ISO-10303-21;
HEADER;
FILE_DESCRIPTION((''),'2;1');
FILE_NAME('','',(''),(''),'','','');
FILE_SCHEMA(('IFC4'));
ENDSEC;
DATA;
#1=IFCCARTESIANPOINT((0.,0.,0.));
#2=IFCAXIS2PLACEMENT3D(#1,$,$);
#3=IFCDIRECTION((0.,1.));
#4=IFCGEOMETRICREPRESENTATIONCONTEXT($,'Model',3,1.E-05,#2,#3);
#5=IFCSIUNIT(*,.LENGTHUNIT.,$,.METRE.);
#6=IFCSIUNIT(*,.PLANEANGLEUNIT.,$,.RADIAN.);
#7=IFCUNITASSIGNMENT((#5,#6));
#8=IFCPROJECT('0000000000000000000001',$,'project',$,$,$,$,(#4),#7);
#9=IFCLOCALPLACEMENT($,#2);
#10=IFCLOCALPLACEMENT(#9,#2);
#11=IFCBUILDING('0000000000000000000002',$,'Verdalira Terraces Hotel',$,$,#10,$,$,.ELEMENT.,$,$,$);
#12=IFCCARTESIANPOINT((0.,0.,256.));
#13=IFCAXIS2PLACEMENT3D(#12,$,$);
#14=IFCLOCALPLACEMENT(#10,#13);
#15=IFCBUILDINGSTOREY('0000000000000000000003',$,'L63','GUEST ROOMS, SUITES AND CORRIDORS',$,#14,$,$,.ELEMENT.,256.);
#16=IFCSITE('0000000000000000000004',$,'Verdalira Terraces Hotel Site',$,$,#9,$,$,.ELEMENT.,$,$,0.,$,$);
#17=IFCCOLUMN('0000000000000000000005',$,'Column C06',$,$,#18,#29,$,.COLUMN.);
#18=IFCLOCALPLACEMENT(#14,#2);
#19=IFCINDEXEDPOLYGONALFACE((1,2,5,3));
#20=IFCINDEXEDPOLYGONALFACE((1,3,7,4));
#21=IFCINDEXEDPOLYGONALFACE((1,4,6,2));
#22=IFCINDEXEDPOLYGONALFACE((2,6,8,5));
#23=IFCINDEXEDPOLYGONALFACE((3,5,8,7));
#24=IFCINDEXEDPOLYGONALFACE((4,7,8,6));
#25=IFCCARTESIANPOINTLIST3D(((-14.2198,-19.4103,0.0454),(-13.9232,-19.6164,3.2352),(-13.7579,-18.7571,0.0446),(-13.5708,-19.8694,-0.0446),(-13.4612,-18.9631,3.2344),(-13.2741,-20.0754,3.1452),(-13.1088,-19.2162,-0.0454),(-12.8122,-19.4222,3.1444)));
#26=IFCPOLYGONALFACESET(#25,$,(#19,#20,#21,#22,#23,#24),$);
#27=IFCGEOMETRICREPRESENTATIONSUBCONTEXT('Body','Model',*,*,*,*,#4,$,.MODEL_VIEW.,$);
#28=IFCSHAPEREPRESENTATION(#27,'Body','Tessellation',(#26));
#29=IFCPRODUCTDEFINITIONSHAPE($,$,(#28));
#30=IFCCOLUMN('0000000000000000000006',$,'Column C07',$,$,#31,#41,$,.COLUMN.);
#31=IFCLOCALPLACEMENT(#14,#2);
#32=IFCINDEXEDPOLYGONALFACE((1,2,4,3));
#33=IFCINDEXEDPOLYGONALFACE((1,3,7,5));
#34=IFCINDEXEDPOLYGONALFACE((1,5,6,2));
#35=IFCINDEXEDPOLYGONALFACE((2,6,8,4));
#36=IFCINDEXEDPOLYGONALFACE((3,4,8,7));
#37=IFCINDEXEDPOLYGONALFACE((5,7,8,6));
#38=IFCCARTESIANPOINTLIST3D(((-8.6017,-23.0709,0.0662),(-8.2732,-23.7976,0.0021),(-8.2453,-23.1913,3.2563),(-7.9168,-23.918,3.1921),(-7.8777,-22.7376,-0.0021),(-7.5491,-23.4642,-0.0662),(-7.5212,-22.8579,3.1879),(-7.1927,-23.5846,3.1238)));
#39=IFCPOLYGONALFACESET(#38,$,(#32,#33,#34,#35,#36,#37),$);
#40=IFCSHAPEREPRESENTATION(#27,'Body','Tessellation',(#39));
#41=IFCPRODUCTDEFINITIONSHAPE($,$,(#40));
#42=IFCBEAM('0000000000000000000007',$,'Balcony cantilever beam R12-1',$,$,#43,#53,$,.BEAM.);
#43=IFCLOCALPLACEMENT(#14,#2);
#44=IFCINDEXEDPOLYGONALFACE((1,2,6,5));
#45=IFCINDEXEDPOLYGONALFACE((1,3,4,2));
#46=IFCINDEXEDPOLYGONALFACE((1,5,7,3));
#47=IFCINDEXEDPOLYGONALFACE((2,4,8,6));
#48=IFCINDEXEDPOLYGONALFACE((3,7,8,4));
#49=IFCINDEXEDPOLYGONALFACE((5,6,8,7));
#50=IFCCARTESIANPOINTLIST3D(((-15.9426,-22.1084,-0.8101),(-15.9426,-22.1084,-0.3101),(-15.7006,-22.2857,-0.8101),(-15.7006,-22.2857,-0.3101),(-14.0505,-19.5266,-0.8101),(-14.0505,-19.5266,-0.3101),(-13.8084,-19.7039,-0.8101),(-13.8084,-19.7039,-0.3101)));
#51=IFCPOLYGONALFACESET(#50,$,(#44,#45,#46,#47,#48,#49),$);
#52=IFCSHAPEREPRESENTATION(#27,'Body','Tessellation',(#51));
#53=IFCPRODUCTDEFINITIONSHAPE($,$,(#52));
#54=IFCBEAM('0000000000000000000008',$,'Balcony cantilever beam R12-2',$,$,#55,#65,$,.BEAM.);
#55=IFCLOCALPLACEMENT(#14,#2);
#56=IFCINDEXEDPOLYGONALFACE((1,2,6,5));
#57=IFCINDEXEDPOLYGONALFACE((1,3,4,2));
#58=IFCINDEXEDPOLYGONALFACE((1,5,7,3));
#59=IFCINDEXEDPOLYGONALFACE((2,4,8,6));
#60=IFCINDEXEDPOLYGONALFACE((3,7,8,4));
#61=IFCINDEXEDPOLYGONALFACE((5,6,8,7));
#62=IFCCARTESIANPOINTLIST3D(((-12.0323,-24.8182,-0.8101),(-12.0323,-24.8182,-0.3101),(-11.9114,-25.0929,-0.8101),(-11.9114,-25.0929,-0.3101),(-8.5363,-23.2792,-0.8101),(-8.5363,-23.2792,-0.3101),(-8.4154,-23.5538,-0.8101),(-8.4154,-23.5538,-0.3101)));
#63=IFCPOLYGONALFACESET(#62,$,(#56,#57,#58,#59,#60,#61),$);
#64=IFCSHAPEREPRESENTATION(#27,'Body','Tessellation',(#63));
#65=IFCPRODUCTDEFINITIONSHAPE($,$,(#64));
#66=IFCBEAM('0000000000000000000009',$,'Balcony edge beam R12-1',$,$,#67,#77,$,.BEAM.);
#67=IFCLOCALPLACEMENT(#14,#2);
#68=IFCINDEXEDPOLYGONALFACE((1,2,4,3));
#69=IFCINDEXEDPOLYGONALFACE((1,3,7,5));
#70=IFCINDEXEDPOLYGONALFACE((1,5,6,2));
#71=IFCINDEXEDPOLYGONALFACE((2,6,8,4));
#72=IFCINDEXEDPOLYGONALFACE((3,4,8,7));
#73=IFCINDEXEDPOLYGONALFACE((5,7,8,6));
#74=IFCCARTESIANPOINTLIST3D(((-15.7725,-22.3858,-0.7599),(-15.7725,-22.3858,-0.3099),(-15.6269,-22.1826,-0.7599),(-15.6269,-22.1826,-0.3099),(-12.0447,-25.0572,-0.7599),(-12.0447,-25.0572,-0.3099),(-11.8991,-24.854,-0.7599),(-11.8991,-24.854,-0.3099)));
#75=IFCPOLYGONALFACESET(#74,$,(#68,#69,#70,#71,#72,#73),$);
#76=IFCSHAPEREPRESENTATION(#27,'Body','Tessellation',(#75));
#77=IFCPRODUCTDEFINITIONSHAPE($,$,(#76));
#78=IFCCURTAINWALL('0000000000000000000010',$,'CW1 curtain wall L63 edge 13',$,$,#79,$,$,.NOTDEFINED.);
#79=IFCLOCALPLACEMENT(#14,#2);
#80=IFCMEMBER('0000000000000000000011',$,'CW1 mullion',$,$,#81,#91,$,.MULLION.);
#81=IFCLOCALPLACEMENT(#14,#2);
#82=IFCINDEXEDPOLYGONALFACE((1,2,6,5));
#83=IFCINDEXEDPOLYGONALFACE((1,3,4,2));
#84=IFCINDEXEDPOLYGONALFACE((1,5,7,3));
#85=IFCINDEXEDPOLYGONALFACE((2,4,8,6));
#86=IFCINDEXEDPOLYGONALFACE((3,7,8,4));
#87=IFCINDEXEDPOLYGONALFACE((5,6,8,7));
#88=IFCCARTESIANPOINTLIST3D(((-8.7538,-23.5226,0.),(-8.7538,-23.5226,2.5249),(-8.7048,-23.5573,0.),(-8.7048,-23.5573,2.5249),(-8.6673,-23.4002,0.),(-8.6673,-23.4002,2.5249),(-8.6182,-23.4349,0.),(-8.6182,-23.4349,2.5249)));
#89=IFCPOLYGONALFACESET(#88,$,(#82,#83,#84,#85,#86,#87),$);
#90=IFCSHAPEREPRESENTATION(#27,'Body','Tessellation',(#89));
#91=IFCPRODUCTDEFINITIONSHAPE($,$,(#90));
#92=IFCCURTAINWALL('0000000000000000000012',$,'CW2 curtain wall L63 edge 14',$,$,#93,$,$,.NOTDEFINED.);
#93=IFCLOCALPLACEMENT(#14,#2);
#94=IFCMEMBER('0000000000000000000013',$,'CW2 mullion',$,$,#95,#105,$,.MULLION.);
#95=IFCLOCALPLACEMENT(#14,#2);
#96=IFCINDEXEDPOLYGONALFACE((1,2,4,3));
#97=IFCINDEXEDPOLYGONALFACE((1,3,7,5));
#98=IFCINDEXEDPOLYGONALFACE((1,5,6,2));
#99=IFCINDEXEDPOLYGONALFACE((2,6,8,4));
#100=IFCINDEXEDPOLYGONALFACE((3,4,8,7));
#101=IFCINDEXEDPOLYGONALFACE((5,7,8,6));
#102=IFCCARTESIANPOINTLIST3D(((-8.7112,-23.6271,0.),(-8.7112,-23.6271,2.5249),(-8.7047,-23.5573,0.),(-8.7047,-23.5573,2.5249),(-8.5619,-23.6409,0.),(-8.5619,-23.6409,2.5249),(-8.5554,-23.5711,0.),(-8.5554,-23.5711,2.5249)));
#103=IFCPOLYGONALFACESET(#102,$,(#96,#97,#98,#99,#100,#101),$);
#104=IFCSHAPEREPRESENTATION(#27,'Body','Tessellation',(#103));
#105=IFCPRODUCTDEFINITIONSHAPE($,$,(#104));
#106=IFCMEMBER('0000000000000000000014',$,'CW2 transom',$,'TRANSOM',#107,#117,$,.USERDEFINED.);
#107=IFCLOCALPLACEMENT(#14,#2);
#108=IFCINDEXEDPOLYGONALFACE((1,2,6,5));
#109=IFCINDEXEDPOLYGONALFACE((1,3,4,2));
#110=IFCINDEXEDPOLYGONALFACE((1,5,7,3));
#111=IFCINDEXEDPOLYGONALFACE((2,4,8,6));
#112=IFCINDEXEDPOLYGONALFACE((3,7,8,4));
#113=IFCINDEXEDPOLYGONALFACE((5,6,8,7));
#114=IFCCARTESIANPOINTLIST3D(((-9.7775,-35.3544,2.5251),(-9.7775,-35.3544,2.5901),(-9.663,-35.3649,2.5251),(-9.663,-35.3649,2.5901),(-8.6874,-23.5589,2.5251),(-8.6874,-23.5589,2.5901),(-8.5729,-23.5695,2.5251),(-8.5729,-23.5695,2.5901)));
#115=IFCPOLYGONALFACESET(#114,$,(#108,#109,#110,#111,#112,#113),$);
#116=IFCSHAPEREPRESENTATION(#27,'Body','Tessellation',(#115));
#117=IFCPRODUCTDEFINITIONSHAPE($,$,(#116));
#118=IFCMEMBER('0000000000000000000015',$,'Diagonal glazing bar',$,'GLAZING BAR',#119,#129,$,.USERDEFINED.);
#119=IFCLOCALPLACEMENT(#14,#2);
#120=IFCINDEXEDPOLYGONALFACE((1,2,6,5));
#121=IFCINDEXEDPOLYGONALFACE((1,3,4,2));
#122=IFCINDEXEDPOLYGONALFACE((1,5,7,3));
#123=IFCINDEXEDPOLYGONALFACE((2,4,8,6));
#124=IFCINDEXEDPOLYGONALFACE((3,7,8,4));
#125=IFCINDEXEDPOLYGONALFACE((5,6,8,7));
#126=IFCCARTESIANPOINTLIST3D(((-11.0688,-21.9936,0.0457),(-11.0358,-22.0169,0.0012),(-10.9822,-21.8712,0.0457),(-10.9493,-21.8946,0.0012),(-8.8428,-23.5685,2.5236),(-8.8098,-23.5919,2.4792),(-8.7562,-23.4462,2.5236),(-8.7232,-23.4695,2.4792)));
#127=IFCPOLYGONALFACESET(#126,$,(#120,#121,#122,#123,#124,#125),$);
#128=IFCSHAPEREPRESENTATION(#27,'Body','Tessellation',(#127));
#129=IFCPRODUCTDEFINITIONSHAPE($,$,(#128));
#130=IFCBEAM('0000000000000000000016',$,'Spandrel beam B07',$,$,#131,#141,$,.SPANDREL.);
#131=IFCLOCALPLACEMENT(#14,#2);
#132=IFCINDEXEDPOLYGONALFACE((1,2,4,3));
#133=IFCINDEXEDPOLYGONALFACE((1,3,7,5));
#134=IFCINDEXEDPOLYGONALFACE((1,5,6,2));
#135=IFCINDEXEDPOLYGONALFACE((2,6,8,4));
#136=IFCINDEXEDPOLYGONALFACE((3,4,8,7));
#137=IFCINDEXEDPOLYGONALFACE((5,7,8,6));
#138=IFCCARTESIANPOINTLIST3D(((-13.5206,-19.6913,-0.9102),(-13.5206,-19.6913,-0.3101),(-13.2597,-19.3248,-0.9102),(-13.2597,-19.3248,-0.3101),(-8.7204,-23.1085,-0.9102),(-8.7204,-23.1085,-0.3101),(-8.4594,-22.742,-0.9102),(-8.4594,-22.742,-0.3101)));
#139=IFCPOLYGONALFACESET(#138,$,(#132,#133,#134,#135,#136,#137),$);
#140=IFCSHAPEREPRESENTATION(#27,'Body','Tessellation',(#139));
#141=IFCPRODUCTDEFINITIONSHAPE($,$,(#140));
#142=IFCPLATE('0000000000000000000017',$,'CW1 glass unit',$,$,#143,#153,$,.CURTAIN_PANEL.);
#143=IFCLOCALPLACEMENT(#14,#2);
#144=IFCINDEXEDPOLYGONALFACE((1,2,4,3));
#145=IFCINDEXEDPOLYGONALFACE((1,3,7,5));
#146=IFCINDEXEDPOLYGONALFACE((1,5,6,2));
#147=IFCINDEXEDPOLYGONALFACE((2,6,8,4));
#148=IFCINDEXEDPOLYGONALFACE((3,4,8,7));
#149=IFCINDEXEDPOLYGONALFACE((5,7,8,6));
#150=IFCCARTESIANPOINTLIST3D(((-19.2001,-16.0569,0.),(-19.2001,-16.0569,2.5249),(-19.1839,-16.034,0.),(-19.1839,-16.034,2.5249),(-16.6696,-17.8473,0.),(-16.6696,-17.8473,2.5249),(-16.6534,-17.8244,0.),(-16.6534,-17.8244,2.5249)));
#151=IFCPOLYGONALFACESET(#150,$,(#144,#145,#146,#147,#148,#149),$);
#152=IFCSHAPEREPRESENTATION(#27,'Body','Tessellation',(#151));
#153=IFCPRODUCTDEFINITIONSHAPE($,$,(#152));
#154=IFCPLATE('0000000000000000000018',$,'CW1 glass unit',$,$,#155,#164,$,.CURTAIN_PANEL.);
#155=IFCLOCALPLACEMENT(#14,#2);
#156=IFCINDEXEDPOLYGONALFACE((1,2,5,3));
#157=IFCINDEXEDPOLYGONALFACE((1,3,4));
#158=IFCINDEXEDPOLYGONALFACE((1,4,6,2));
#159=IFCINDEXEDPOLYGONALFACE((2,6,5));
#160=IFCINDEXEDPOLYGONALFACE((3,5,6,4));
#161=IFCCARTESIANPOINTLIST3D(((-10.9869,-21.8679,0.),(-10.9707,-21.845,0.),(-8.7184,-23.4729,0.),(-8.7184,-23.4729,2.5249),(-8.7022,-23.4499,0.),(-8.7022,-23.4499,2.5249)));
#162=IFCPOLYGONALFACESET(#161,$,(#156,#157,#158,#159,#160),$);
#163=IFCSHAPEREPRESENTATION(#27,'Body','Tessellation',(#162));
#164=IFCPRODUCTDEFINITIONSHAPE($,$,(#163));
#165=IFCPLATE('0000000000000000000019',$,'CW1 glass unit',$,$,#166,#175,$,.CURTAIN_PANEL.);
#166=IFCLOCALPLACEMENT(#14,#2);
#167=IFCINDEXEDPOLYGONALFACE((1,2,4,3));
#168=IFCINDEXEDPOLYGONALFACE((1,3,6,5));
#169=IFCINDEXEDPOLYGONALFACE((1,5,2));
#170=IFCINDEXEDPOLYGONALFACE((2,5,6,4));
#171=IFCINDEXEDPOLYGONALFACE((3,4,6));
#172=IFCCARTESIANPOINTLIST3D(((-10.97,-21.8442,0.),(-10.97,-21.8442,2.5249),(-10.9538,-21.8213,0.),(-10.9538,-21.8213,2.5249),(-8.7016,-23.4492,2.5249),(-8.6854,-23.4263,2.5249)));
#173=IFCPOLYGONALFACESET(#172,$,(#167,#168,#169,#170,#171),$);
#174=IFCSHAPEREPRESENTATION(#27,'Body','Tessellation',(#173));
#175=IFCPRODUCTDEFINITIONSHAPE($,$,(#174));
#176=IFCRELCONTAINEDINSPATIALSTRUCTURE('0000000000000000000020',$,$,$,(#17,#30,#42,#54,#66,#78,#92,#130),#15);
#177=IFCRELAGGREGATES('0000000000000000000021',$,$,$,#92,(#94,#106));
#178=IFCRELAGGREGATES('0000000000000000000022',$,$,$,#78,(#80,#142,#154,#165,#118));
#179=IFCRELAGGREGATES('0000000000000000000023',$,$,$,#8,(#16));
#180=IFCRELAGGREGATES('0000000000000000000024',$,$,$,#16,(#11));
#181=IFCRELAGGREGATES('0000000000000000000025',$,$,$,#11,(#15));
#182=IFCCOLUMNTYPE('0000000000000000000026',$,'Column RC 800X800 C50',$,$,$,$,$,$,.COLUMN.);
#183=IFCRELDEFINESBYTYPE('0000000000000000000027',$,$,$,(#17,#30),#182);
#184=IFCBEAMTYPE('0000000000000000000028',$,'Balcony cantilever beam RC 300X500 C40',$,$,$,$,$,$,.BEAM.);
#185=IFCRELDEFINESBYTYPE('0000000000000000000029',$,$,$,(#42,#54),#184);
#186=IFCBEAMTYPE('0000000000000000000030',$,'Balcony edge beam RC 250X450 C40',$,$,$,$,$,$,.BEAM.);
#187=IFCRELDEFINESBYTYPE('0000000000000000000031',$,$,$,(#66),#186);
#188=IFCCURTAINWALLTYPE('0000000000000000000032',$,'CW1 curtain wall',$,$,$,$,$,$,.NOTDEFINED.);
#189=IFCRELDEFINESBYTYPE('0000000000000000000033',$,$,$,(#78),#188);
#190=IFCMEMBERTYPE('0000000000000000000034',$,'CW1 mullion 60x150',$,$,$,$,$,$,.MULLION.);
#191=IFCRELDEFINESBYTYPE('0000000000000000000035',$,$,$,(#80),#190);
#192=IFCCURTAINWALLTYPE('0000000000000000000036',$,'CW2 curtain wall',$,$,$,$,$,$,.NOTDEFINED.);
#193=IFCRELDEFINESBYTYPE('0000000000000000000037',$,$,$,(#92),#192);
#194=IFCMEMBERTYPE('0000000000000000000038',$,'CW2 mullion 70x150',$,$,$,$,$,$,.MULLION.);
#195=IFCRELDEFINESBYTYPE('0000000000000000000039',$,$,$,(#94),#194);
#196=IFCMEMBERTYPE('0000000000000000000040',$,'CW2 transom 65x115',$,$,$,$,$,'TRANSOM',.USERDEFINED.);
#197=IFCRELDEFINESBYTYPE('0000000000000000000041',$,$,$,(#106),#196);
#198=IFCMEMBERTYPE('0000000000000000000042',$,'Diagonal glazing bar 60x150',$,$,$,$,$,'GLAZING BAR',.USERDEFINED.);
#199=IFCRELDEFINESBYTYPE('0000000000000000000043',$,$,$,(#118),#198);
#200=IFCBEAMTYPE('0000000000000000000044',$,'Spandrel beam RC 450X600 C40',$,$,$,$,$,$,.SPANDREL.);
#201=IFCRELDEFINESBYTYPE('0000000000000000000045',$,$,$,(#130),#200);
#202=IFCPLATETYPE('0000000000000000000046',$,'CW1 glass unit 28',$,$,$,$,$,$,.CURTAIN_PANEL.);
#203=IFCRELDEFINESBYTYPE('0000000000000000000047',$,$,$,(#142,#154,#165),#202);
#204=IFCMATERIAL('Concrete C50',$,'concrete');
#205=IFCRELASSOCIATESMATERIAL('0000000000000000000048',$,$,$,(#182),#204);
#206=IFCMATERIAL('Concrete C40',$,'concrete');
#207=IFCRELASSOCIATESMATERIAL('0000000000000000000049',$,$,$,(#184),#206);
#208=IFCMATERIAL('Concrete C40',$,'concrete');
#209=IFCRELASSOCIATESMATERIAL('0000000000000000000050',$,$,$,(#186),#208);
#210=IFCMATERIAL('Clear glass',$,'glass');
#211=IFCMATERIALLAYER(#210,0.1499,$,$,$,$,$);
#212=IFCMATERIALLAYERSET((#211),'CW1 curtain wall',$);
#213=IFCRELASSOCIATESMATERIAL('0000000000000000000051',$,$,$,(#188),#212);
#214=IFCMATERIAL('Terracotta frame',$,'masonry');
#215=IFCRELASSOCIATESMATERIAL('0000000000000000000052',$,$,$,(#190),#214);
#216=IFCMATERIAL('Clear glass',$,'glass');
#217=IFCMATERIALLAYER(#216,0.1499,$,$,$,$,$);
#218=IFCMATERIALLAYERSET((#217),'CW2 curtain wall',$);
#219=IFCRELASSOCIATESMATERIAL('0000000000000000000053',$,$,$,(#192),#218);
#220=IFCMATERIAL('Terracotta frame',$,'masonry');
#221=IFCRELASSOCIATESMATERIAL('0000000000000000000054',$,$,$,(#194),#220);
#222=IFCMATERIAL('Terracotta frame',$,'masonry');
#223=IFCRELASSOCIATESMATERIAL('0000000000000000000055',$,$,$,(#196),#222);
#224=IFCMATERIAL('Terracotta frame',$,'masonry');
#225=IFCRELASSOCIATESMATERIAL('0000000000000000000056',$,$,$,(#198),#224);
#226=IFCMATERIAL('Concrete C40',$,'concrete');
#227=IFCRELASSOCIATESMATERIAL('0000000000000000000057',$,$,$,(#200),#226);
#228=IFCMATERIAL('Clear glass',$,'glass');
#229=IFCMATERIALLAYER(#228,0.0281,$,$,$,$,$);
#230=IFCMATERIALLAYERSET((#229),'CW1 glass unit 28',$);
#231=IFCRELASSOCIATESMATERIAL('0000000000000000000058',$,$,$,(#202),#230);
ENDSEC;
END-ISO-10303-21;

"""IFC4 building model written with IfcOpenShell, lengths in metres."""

from ifc_helpers import new_model, si_unit, direction, frame, origin, origin_2d, place, context, subcontext, project, spatial, polyline, rectangle, outline, extrude, material, layer, layer_set, material_profile, profile_set, type_object, element, aggregate, save


model = new_model("IFC4")

# Units and contexts
model_context = context("Model", 3, precision=1e-05, world=origin(), true_north=direction((0.0, 1.0)))
body_context = subcontext(model_context, "Body", "Model", "MODEL_VIEW")
ifc_project = project(units=[si_unit("LENGTHUNIT", "METRE"), si_unit("PLANEANGLEUNIT", "RADIAN")], contexts=[model_context])

# Site, building, storey
site_placement = place(None, origin())
site = spatial("IfcSite", under=ifc_project, at=site_placement, Name="Verdalira Terraces Hotel Site", CompositionType="ELEMENT", RefElevation=0.0)
building_placement = place(site_placement, origin())
building = spatial("IfcBuilding", under=site, at=building_placement, Name="Verdalira Terraces Hotel", CompositionType="ELEMENT")
storey_placement = place(building_placement, frame((0.0, 0.0, 256.0)))
storey = spatial("IfcBuildingStorey", under=building, at=storey_placement, Name="L63", Description="GUEST ROOMS, SUITES AND CORRIDORS", CompositionType="ELEMENT", Elevation=256.0)

# Columns
ifc_material_1 = material(Name="Concrete C50", Category="concrete")
ifc_material_profile_1 = material_profile(ifc_material_1, rectangle(XDim=0.8, YDim=0.8, at=origin_2d()), Name="RC 800X800")
ifc_profile_set_1 = profile_set([ifc_material_profile_1], Name="Concrete C50")
column_type = type_object("IfcColumnType", Name="Column RC 800X800 C50", PredefinedType="COLUMN", material=ifc_profile_set_1)
column_1_placement = place(storey_placement, frame((-13.6643, -19.3132, 0.0), z_axis=(0.092399, -0.064185, 0.993651), x_axis=(0.811237, -0.573792, -0.112501)))
element("IfcColumn", 1, at=column_1_placement, inside=storey, type_object=column_type, Name="Column C06", PredefinedType="COLUMN", context=body_context, shape_type="SweptSolid", body=[
    extrude(rectangle(XDim=0.8, YDim=0.8, at=origin_2d()), origin(), (0.0, 0.0, 1.0), 3.2102),
])
column_2_placement = place(storey_placement, frame((-8.0754, -23.2676, 0.0), z_axis=(0.110971, -0.037472, 0.993117), x_axis=(-0.41062, 0.908277, 0.080154)))
element("IfcColumn", 2, at=column_2_placement, inside=storey, type_object=column_type, Name="Column C07", PredefinedType="COLUMN", context=body_context, shape_type="SweptSolid", body=[
    extrude(rectangle(XDim=0.8, YDim=0.8, at=origin_2d()), origin(), (0.0, 0.0, 1.0), 3.2122),
])

# Beams
ifc_material_2 = material(Name="Concrete C40", Category="concrete")
ifc_material_profile_2 = material_profile(ifc_material_2, rectangle(XDim=0.3, YDim=0.5, at=origin_2d()), Name="RC 300X500")
ifc_profile_set_2 = profile_set([ifc_material_profile_2], Name="Concrete C40")
beam_type_1 = type_object("IfcBeamType", Name="Balcony cantilever beam RC 300X500 C40", PredefinedType="BEAM", material=ifc_profile_set_2)
beam_1_placement = place(storey_placement, frame((-13.9294, -19.6152, -0.5601), z_axis=(-0.591116, -0.806587, 0.0), x_axis=(0.806587, -0.591116, 0.0)))
element("IfcBeam", 3, at=beam_1_placement, inside=storey, type_object=beam_type_1, Name="Balcony cantilever beam R12-1", PredefinedType="BEAM", context=body_context, shape_type="SweptSolid", body=[
    extrude(rectangle(XDim=0.3, YDim=0.5, at=origin_2d()), origin(), (0.0, 0.0, 1.0), 3.2009),
])
beam_2_placement = place(storey_placement, frame((-8.4758, -23.4165, -0.5601), z_axis=(-0.91524, -0.40291, 0.0), x_axis=(0.40291, -0.91524, 0.0)))
element("IfcBeam", 4, at=beam_2_placement, inside=storey, type_object=beam_type_1, Name="Balcony cantilever beam R12-2", PredefinedType="BEAM", context=body_context, shape_type="SweptSolid", body=[
    extrude(rectangle(XDim=0.3, YDim=0.5, at=origin_2d()), origin(), (0.0, 0.0, 1.0), 3.8198),
])
ifc_material_3 = material(Name="Concrete C40", Category="concrete")
ifc_material_profile_3 = material_profile(ifc_material_3, rectangle(XDim=0.25, YDim=0.45, at=origin_2d()), Name="RC 250X450")
ifc_profile_set_3 = profile_set([ifc_material_profile_3], Name="Concrete C40")
beam_type_2 = type_object("IfcBeamType", Name="Balcony edge beam RC 250X450 C40", PredefinedType="BEAM", material=ifc_profile_set_3)
beam_3_placement = place(storey_placement, frame((-15.6997, -22.2842, -0.5349), z_axis=(0.812837, -0.582491, 0.0), x_axis=(0.582491, 0.812837, 0.0)))
element("IfcBeam", 5, at=beam_3_placement, inside=storey, type_object=beam_type_2, Name="Balcony edge beam R12-1", PredefinedType="BEAM", context=body_context, shape_type="SweptSolid", body=[
    extrude(rectangle(XDim=0.25, YDim=0.45, at=origin_2d()), origin(), (0.0, 0.0, 1.0), 4.5862),
])

# Curtain wall, member
ifc_material_4 = material(Name="Clear glass", Category="glass")
ifc_layer_1 = layer(ifc_material_4, 0.1499)
ifc_layer_set_1 = layer_set([ifc_layer_1], Name="CW1 curtain wall")
curtain_wall_type_1 = type_object("IfcCurtainWallType", Name="CW1 curtain wall", PredefinedType="NOTDEFINED", material=ifc_layer_set_1)
curtain_wall_1_placement = place(storey_placement, origin())
curtain_wall_1 = element("IfcCurtainWall", 6, at=curtain_wall_1_placement, inside=storey, type_object=curtain_wall_type_1, Name="CW1 curtain wall L63 edge 13", PredefinedType="NOTDEFINED")
ifc_material_5 = material(Name="Terracotta frame", Category="masonry")
ifc_material_profile_4 = material_profile(ifc_material_5, rectangle(XDim=0.0601, YDim=0.1499, at=origin_2d()), Name="MU 60x150")
ifc_profile_set_4 = profile_set([ifc_material_profile_4], Name="Terracotta frame")
member_type_1 = type_object("IfcMemberType", Name="CW1 mullion 60x150", PredefinedType="MULLION", material=ifc_profile_set_4)
member_1_placement = place(storey_placement, frame((-8.686, -23.4788, 0.0), z_axis=(0.0, 0.0, 1.0), x_axis=(0.816339, -0.577573, 0.0)))
member_1 = element("IfcMember", 7, at=member_1_placement, type_object=member_type_1, Name="CW1 mullion", PredefinedType="MULLION", context=body_context, shape_type="SweptSolid", body=[
    extrude(rectangle(XDim=0.0601, YDim=0.1499, at=origin_2d()), origin(), (0.0, 0.0, 1.0), 2.5249),
])

# Curtain wall, members
ifc_material_6 = material(Name="Clear glass", Category="glass")
ifc_layer_2 = layer(ifc_material_6, 0.1499)
ifc_layer_set_2 = layer_set([ifc_layer_2], Name="CW2 curtain wall")
curtain_wall_type_2 = type_object("IfcCurtainWallType", Name="CW2 curtain wall", PredefinedType="NOTDEFINED", material=ifc_layer_set_2)
curtain_wall_2_placement = place(storey_placement, origin())
curtain_wall_2 = element("IfcCurtainWall", 8, at=curtain_wall_2_placement, inside=storey, type_object=curtain_wall_type_2, Name="CW2 curtain wall L63 edge 14", PredefinedType="NOTDEFINED")
ifc_material_7 = material(Name="Terracotta frame", Category="masonry")
ifc_material_profile_5 = material_profile(ifc_material_7, rectangle(XDim=0.0701, YDim=0.1499, at=origin_2d()), Name="MU 70x150")
ifc_profile_set_5 = profile_set([ifc_material_profile_5], Name="Terracotta frame")
member_type_2 = type_object("IfcMemberType", Name="CW2 mullion 70x150", PredefinedType="MULLION", material=ifc_profile_set_5)
member_2_placement = place(storey_placement, frame((-8.6333, -23.5991, 0.0), z_axis=(0.0, 0.0, 1.0), x_axis=(-0.092023, -0.995757, 0.0)))
member_2 = element("IfcMember", 9, at=member_2_placement, type_object=member_type_2, Name="CW2 mullion", PredefinedType="MULLION", context=body_context, shape_type="SweptSolid", body=[
    extrude(rectangle(XDim=0.0701, YDim=0.1499, at=origin_2d()), origin(), (0.0, 0.0, 1.0), 2.5249),
])
ifc_material_8 = material(Name="Terracotta frame", Category="masonry")
ifc_material_profile_6 = material_profile(ifc_material_8, rectangle(XDim=0.115, YDim=0.0649, at=origin_2d()), Name="TR 65x115")
ifc_profile_set_6 = profile_set([ifc_material_profile_6], Name="Terracotta frame")
member_type_3 = type_object("IfcMemberType", Name="CW2 transom 65x115", ElementType="TRANSOM", PredefinedType="USERDEFINED", material=ifc_profile_set_6)
member_3_placement = place(storey_placement, frame((-8.6301, -23.5642, 2.5576), z_axis=(-0.092024, -0.995757, 0.0), x_axis=(0.995757, -0.092024, 0.0)))
member_3 = element("IfcMember", 10, at=member_3_placement, type_object=member_type_3, Name="CW2 transom", ObjectType="TRANSOM", PredefinedType="USERDEFINED", context=body_context, shape_type="SweptSolid", body=[
    extrude(rectangle(XDim=0.115, YDim=0.0649, at=origin_2d()), origin(), (0.0, 0.0, 1.0), 11.8457),
])
aggregate(curtain_wall_2, [member_2, member_3])

# Member
ifc_material_9 = material(Name="Terracotta frame", Category="masonry")
ifc_material_profile_7 = material_profile(ifc_material_9, rectangle(XDim=0.1499, YDim=0.0601, at=origin_2d()), Name="GB 60x150")
ifc_profile_set_7 = profile_set([ifc_material_profile_7], Name="Terracotta frame")
member_type_4 = type_object("IfcMemberType", Name="Diagonal glazing bar 60x150", ElementType="GLAZING BAR", PredefinedType="USERDEFINED", material=ifc_profile_set_7)
member_4_placement = place(storey_placement, frame((-11.009, -21.9441, 0.0234), z_axis=(0.604151, -0.427438, 0.672531), x_axis=(0.577565, 0.816345, 0.0)))
member_4 = element("IfcMember", 11, at=member_4_placement, type_object=member_type_4, Name="Diagonal glazing bar", ObjectType="GLAZING BAR", PredefinedType="USERDEFINED", context=body_context, shape_type="SweptSolid", body=[
    extrude(rectangle(XDim=0.1499, YDim=0.0601, at=origin_2d()), origin(), (0.0, 0.0, 1.0), 3.6846),
])

# Beam
ifc_material_10 = material(Name="Concrete C40", Category="concrete")
ifc_material_profile_8 = material_profile(ifc_material_10, rectangle(XDim=0.45, YDim=0.6001, at=origin_2d()), Name="RC 450X600")
ifc_profile_set_8 = profile_set([ifc_material_profile_8], Name="Concrete C40")
beam_type_3 = type_object("IfcBeamType", Name="Spandrel beam RC 450X600 C40", PredefinedType="SPANDREL", material=ifc_profile_set_8)
beam_4_placement = place(storey_placement, frame((-13.3901, -19.5081, -0.6101), z_axis=(0.814659, -0.57994, 0.0), x_axis=(0.57994, 0.814659, 0.0)))
element("IfcBeam", 12, at=beam_4_placement, inside=storey, type_object=beam_type_3, Name="Spandrel beam B07", PredefinedType="SPANDREL", context=body_context, shape_type="SweptSolid", body=[
    extrude(rectangle(XDim=0.45, YDim=0.6001, at=origin_2d()), origin(), (0.0, 0.0, 1.0), 5.8923),
])

# Plates
ifc_material_11 = material(Name="Clear glass", Category="glass")
ifc_layer_3 = layer(ifc_material_11, 0.0281)
ifc_layer_set_3 = layer_set([ifc_layer_3], Name="CW1 glass unit 28")
plate_type = type_object("IfcPlateType", Name="CW1 glass unit 28", PredefinedType="CURTAIN_PANEL", material=ifc_layer_set_3)
plate_1_placement = place(storey_placement, frame((-17.9268, -16.9407, 0.0), z_axis=(0.0, 0.0, 1.0), x_axis=(0.816339, -0.577573, 0.0)))
plate_1 = element("IfcPlate", 13, at=plate_1_placement, type_object=plate_type, Name="CW1 glass unit", PredefinedType="CURTAIN_PANEL", context=body_context, shape_type="SweptSolid", body=[
    extrude(rectangle(XDim=3.0999, YDim=0.0281, at=origin_2d()), origin(), (0.0, 0.0, 1.0), 2.5249),
])
plate_2_placement = place(storey_placement, frame((-9.8364, -22.6475, 1.2625), z_axis=(-0.577573, -0.816339, 0.0), x_axis=(0.816339, -0.577573, 0.0)))
plate_2 = element("IfcPlate", 14, at=plate_2_placement, type_object=plate_type, Name="CW1 glass unit", PredefinedType="CURTAIN_PANEL", context=body_context, shape_type="SweptSolid", body=[
    extrude(outline(polyline([(-1.3894, -1.2625), (1.3894, -1.2625), (1.3894, 1.2625), (-1.3894, -1.2625)])), origin(), (0.0, 0.0, 1.0), 0.0281),
])
plate_3_placement = place(storey_placement, frame((-9.8196, -22.6238, 1.2625), z_axis=(-0.577573, -0.816339, 0.0), x_axis=(0.816339, -0.577573, 0.0)))
plate_3 = element("IfcPlate", 15, at=plate_3_placement, type_object=plate_type, Name="CW1 glass unit", PredefinedType="CURTAIN_PANEL", context=body_context, shape_type="SweptSolid", body=[
    extrude(outline(polyline([(-1.3894, -1.2625), (1.3894, 1.2625), (-1.3894, 1.2625), (-1.3894, -1.2625)])), origin(), (0.0, 0.0, 1.0), 0.0281),
])
aggregate(curtain_wall_1, [member_1, plate_1, plate_2, plate_3, member_4])

save(model, "model.ifc")
